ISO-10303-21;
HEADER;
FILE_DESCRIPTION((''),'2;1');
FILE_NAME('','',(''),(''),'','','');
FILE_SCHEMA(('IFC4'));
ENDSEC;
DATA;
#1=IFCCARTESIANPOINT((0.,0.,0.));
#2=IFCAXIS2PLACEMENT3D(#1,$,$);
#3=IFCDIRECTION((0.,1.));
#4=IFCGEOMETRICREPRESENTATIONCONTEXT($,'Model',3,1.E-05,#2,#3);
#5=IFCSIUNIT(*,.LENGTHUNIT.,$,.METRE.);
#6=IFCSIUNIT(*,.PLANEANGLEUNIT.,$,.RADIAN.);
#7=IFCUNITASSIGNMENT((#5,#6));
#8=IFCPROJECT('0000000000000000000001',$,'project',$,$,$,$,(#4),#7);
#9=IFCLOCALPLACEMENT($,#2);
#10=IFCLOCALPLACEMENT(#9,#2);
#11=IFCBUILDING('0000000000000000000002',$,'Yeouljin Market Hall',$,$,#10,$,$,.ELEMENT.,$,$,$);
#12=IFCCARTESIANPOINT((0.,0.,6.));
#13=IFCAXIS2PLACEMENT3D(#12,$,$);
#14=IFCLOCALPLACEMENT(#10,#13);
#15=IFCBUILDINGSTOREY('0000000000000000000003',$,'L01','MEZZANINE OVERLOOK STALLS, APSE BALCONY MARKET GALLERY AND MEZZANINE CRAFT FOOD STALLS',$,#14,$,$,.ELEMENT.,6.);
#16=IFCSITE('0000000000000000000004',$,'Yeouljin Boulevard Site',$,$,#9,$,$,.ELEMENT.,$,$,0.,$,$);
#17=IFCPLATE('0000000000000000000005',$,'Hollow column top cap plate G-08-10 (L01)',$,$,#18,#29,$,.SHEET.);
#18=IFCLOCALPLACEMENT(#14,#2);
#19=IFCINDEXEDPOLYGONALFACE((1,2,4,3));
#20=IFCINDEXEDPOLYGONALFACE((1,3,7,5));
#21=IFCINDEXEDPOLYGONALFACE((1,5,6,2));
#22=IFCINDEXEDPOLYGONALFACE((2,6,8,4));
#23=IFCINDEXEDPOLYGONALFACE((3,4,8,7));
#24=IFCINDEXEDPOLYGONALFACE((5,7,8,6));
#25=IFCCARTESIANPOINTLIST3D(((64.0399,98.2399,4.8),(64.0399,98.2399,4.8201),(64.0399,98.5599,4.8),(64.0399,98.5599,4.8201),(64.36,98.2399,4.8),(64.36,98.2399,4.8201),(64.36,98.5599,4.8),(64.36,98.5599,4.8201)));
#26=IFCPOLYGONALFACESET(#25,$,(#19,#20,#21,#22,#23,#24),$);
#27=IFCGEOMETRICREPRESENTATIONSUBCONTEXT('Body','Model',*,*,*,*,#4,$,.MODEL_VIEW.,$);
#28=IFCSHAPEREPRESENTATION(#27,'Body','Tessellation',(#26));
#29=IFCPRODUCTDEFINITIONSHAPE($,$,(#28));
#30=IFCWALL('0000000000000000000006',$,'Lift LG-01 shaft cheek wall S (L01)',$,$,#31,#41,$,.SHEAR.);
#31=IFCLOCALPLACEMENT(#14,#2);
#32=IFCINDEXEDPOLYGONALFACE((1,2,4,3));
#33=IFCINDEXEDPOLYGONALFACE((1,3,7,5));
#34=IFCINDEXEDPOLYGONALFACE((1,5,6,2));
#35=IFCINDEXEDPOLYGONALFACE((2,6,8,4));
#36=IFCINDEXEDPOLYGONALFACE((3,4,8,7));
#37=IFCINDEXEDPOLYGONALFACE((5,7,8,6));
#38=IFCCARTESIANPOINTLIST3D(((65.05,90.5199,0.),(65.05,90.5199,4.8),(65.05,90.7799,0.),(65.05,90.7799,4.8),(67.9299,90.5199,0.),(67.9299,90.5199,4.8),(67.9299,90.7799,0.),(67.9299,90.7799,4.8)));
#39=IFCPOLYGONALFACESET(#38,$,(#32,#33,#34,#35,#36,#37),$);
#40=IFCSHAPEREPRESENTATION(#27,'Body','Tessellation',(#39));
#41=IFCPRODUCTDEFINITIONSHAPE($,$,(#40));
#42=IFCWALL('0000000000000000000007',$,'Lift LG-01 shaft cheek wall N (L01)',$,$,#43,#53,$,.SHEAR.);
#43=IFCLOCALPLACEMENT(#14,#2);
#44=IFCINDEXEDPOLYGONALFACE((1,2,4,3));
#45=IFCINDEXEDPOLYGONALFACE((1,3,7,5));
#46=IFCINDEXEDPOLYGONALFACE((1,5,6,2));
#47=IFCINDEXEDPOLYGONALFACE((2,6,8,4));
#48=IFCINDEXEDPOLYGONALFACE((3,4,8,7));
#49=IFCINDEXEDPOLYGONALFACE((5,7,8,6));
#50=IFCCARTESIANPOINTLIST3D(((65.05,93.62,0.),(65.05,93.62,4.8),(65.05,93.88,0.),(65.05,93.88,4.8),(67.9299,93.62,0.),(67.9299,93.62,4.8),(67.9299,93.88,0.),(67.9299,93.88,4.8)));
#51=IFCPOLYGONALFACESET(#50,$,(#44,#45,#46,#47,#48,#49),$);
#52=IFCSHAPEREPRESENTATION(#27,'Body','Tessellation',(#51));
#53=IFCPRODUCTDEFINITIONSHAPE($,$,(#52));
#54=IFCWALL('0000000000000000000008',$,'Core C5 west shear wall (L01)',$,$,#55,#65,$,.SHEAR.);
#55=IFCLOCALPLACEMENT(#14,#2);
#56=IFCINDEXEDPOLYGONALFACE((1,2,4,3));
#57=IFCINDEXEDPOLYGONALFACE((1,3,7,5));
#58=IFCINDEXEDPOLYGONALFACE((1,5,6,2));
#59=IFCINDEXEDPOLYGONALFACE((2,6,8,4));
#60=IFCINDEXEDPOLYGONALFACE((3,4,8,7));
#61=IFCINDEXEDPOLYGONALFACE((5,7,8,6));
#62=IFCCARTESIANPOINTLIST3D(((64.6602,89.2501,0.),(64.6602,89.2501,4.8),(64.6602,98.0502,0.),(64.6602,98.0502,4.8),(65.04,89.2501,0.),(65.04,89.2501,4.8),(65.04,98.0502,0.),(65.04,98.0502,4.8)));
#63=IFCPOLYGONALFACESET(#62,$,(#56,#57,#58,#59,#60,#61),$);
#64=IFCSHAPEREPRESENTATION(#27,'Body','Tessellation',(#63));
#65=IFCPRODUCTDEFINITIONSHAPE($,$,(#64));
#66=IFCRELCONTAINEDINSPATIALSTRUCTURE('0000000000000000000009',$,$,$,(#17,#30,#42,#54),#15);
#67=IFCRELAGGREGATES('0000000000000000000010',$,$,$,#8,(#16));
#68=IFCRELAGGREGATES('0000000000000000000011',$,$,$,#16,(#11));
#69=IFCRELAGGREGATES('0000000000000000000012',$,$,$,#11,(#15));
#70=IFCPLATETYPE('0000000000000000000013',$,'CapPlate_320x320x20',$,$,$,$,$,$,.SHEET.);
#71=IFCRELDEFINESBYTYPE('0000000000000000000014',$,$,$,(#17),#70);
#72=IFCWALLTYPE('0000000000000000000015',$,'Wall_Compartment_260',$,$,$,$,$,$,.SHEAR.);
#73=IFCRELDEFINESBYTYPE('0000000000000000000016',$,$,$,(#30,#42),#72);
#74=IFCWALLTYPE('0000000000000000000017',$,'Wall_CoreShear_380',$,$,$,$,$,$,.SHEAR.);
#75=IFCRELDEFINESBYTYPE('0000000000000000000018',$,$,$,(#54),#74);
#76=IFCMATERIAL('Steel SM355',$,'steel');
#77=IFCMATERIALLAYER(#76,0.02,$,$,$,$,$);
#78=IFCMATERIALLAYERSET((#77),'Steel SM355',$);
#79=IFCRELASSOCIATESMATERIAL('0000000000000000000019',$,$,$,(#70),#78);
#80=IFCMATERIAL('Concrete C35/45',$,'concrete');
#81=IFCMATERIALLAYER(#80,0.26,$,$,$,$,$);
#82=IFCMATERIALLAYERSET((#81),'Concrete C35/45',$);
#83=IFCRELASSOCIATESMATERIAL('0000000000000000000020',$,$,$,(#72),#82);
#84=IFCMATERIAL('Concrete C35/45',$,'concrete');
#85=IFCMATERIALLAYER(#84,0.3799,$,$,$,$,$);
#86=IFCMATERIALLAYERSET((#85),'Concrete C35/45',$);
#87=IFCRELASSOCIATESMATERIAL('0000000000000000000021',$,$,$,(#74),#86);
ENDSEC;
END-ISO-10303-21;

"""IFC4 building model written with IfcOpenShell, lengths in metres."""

from ifc_helpers import new_model, si_unit, direction, frame, frame_2d, origin, origin_2d, place, context, subcontext, project, spatial, rectangle, extrude, material, layer, layer_set, type_object, element, save


model = new_model("IFC4")

# Units and contexts
model_context = context("Model", 3, precision=1e-05, world=origin(), true_north=direction((0.0, 1.0)))
body_context = subcontext(model_context, "Body", "Model", "MODEL_VIEW")
ifc_project = project(units=[si_unit("LENGTHUNIT", "METRE"), si_unit("PLANEANGLEUNIT", "RADIAN")], contexts=[model_context])

# Site, building, storey
site_placement = place(None, origin())
site = spatial("IfcSite", under=ifc_project, at=site_placement, Name="Yeouljin Boulevard Site", CompositionType="ELEMENT", RefElevation=0.0)
building_placement = place(site_placement, origin())
building = spatial("IfcBuilding", under=site, at=building_placement, Name="Yeouljin Market Hall", CompositionType="ELEMENT")
storey_placement = place(building_placement, frame((0.0, 0.0, 6.0)))
storey = spatial("IfcBuildingStorey", under=building, at=storey_placement, Name="L01", Description="MEZZANINE OVERLOOK STALLS, APSE BALCONY MARKET GALLERY AND MEZZANINE CRAFT FOOD STALLS", CompositionType="ELEMENT", Elevation=6.0)

# Plate
ifc_material_1 = material(Name="Steel SM355", Category="steel")
ifc_layer_1 = layer(ifc_material_1, 0.02)
ifc_layer_set_1 = layer_set([ifc_layer_1], Name="Steel SM355")
plate_type_1 = type_object("IfcPlateType", Name="CapPlate_320x320x20", PredefinedType="SHEET", material=ifc_layer_set_1)
plate_1_placement = place(storey_placement, frame((64.2, 98.3999, 4.8), z_axis=(0.0, 0.0, 1.0), x_axis=(1.0, 0.0, 0.0)))
element("IfcPlate", 1, at=plate_1_placement, inside=storey, type_object=plate_type_1, Name="Hollow column top cap plate G-08-10 (L01)", PredefinedType="SHEET", context=body_context, shape_type="SweptSolid", body=[
    extrude(rectangle(XDim=0.3201, YDim=0.3201, at=origin_2d()), origin(), (0.0, 0.0, 1.0), 0.02),
])

# Walls
ifc_material_2 = material(Name="Concrete C35/45", Category="concrete")
ifc_layer_2 = layer(ifc_material_2, 0.26)
ifc_layer_set_2 = layer_set([ifc_layer_2], Name="Concrete C35/45")
wall_type_1 = type_object("IfcWallType", Name="Wall_Compartment_260", PredefinedType="SHEAR", material=ifc_layer_set_2)
for number, where, z_axis, x_axis, name in (
    (2, (65.05, 90.6499, 0.0), (0.0, 0.0, 1.0), (1.0, 0.0, 0.0), "Lift LG-01 shaft cheek wall S (L01)"),
    (3, (65.05, 93.75, 0.0), (0.0, 0.0, 1.0), (1.0, 0.0, 0.0), "Lift LG-01 shaft cheek wall N (L01)"),
):
    element("IfcWall", number, at=place(storey_placement, frame(where, z_axis=z_axis, x_axis=x_axis)), inside=storey, type_object=wall_type_1, Name=name, PredefinedType="SHEAR", context=body_context, shape_type="SweptSolid", body=[
        extrude(rectangle(XDim=2.8799, YDim=0.26, at=frame_2d((1.4399, 0.0))), origin(), (0.0, 0.0, 1.0), 4.8),
    ])

# Shared definitions
ifc_material_3 = material(Name="Concrete C35/45", Category="concrete")
ifc_layer_3 = layer(ifc_material_3, 0.3799)
ifc_layer_set_3 = layer_set([ifc_layer_3], Name="Concrete C35/45")
wall_type_2 = type_object("IfcWallType", Name="Wall_CoreShear_380", PredefinedType="SHEAR", material=ifc_layer_set_3)

# Wall
wall_1_placement = place(storey_placement, frame((64.8501, 98.05, 0.0), z_axis=(0.0, 0.0, 1.0), x_axis=(0.0, -1.0, 0.0)))
element("IfcWall", 4, at=wall_1_placement, inside=storey, type_object=wall_type_2, Name="Core C5 west shear wall (L01)", PredefinedType="SHEAR", context=body_context, shape_type="SweptSolid", body=[
    extrude(rectangle(XDim=8.8, YDim=0.3799, at=frame_2d((4.3999, 0.0))), origin(), (0.0, 0.0, 1.0), 4.8),
])

save(model, "model.ifc")
